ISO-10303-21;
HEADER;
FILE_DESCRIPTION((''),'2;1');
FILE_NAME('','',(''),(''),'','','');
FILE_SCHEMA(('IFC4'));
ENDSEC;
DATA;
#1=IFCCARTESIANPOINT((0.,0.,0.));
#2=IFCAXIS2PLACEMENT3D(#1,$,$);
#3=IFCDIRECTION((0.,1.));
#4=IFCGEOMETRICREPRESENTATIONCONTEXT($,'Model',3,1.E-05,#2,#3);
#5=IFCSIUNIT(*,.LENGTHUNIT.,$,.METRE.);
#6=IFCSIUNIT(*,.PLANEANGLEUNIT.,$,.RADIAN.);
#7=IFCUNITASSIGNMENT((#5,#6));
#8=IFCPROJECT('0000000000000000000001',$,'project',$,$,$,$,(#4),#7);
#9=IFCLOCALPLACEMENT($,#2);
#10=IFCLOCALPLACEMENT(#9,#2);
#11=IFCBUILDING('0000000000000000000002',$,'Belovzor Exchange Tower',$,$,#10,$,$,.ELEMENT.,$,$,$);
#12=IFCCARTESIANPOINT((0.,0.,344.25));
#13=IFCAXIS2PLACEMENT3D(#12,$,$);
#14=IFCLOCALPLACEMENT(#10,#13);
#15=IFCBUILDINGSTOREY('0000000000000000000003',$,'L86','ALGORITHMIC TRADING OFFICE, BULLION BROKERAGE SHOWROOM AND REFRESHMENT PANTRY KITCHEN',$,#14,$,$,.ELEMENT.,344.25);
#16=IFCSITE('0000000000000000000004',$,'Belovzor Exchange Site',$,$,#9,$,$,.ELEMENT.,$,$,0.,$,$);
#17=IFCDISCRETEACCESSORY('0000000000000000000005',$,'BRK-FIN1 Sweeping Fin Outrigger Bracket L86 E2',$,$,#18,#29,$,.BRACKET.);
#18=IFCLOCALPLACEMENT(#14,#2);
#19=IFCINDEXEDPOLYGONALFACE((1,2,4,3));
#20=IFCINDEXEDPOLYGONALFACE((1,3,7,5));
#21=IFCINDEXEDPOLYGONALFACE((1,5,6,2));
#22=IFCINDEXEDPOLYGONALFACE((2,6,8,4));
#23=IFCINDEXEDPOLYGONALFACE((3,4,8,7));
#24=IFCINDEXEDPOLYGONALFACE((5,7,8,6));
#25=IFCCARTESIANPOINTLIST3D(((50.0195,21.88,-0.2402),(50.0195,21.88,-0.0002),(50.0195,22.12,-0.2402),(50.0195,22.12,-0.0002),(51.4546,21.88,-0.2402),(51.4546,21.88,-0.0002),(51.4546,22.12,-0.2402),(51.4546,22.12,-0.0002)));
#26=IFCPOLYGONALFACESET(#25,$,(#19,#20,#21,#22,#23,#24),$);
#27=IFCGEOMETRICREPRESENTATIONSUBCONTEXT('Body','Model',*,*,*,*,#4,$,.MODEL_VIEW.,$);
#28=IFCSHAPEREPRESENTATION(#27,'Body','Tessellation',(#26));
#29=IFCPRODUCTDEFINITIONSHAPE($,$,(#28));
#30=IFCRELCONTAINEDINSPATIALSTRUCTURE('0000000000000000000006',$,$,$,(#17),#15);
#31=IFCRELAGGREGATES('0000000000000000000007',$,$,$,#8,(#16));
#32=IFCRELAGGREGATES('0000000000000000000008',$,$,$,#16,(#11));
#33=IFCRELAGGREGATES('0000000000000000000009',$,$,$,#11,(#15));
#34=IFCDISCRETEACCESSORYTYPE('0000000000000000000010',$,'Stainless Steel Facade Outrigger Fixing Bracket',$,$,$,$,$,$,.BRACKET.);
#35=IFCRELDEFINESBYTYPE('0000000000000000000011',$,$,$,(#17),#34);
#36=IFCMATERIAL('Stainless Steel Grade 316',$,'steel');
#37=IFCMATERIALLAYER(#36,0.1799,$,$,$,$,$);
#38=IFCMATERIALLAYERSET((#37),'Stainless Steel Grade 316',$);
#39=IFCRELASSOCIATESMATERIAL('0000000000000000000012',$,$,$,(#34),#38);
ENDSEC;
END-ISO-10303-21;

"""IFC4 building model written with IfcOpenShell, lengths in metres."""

from ifc_helpers import new_model, si_unit, direction, frame, origin, origin_2d, place, context, subcontext, project, spatial, rectangle, extrude, material, layer, layer_set, type_object, element, save


model = new_model("IFC4")

# Units and contexts
model_context = context("Model", 3, precision=1e-05, world=origin(), true_north=direction((0.0, 1.0)))
body_context = subcontext(model_context, "Body", "Model", "MODEL_VIEW")
ifc_project = project(units=[si_unit("LENGTHUNIT", "METRE"), si_unit("PLANEANGLEUNIT", "RADIAN")], contexts=[model_context])

# Site, building, storey
site_placement = place(None, origin())
site = spatial("IfcSite", under=ifc_project, at=site_placement, Name="Belovzor Exchange Site", CompositionType="ELEMENT", RefElevation=0.0)
building_placement = place(site_placement, origin())
building = spatial("IfcBuilding", under=site, at=building_placement, Name="Belovzor Exchange Tower", CompositionType="ELEMENT")
storey_placement = place(building_placement, frame((0.0, 0.0, 344.25)))
storey = spatial("IfcBuildingStorey", under=building, at=storey_placement, Name="L86", Description="ALGORITHMIC TRADING OFFICE, BULLION BROKERAGE SHOWROOM AND REFRESHMENT PANTRY KITCHEN", CompositionType="ELEMENT", Elevation=344.25)

# Discrete accessory
ifc_material_1 = material(Name="Stainless Steel Grade 316", Category="steel")
ifc_layer_1 = layer(ifc_material_1, 0.1799)
ifc_layer_set_1 = layer_set([ifc_layer_1], Name="Stainless Steel Grade 316")
discrete_accessory_type = type_object("IfcDiscreteAccessoryType", Name="Stainless Steel Facade Outrigger Fixing Bracket", PredefinedType="BRACKET", material=ifc_layer_set_1)
discrete_accessory_placement = place(storey_placement, frame((50.7371, 22.0, -0.2402), z_axis=(0.0, 0.0, 1.0), x_axis=(1.0, 0.0, 0.0)))
element("IfcDiscreteAccessory", 1, at=discrete_accessory_placement, inside=storey, type_object=discrete_accessory_type, Name="BRK-FIN1 Sweeping Fin Outrigger Bracket L86 E2", PredefinedType="BRACKET", context=body_context, shape_type="SweptSolid", body=[
    extrude(rectangle(XDim=1.4351, YDim=0.24, at=origin_2d()), origin(), (0.0, 0.0, 1.0), 0.24),
])

save(model, "model.ifc")
